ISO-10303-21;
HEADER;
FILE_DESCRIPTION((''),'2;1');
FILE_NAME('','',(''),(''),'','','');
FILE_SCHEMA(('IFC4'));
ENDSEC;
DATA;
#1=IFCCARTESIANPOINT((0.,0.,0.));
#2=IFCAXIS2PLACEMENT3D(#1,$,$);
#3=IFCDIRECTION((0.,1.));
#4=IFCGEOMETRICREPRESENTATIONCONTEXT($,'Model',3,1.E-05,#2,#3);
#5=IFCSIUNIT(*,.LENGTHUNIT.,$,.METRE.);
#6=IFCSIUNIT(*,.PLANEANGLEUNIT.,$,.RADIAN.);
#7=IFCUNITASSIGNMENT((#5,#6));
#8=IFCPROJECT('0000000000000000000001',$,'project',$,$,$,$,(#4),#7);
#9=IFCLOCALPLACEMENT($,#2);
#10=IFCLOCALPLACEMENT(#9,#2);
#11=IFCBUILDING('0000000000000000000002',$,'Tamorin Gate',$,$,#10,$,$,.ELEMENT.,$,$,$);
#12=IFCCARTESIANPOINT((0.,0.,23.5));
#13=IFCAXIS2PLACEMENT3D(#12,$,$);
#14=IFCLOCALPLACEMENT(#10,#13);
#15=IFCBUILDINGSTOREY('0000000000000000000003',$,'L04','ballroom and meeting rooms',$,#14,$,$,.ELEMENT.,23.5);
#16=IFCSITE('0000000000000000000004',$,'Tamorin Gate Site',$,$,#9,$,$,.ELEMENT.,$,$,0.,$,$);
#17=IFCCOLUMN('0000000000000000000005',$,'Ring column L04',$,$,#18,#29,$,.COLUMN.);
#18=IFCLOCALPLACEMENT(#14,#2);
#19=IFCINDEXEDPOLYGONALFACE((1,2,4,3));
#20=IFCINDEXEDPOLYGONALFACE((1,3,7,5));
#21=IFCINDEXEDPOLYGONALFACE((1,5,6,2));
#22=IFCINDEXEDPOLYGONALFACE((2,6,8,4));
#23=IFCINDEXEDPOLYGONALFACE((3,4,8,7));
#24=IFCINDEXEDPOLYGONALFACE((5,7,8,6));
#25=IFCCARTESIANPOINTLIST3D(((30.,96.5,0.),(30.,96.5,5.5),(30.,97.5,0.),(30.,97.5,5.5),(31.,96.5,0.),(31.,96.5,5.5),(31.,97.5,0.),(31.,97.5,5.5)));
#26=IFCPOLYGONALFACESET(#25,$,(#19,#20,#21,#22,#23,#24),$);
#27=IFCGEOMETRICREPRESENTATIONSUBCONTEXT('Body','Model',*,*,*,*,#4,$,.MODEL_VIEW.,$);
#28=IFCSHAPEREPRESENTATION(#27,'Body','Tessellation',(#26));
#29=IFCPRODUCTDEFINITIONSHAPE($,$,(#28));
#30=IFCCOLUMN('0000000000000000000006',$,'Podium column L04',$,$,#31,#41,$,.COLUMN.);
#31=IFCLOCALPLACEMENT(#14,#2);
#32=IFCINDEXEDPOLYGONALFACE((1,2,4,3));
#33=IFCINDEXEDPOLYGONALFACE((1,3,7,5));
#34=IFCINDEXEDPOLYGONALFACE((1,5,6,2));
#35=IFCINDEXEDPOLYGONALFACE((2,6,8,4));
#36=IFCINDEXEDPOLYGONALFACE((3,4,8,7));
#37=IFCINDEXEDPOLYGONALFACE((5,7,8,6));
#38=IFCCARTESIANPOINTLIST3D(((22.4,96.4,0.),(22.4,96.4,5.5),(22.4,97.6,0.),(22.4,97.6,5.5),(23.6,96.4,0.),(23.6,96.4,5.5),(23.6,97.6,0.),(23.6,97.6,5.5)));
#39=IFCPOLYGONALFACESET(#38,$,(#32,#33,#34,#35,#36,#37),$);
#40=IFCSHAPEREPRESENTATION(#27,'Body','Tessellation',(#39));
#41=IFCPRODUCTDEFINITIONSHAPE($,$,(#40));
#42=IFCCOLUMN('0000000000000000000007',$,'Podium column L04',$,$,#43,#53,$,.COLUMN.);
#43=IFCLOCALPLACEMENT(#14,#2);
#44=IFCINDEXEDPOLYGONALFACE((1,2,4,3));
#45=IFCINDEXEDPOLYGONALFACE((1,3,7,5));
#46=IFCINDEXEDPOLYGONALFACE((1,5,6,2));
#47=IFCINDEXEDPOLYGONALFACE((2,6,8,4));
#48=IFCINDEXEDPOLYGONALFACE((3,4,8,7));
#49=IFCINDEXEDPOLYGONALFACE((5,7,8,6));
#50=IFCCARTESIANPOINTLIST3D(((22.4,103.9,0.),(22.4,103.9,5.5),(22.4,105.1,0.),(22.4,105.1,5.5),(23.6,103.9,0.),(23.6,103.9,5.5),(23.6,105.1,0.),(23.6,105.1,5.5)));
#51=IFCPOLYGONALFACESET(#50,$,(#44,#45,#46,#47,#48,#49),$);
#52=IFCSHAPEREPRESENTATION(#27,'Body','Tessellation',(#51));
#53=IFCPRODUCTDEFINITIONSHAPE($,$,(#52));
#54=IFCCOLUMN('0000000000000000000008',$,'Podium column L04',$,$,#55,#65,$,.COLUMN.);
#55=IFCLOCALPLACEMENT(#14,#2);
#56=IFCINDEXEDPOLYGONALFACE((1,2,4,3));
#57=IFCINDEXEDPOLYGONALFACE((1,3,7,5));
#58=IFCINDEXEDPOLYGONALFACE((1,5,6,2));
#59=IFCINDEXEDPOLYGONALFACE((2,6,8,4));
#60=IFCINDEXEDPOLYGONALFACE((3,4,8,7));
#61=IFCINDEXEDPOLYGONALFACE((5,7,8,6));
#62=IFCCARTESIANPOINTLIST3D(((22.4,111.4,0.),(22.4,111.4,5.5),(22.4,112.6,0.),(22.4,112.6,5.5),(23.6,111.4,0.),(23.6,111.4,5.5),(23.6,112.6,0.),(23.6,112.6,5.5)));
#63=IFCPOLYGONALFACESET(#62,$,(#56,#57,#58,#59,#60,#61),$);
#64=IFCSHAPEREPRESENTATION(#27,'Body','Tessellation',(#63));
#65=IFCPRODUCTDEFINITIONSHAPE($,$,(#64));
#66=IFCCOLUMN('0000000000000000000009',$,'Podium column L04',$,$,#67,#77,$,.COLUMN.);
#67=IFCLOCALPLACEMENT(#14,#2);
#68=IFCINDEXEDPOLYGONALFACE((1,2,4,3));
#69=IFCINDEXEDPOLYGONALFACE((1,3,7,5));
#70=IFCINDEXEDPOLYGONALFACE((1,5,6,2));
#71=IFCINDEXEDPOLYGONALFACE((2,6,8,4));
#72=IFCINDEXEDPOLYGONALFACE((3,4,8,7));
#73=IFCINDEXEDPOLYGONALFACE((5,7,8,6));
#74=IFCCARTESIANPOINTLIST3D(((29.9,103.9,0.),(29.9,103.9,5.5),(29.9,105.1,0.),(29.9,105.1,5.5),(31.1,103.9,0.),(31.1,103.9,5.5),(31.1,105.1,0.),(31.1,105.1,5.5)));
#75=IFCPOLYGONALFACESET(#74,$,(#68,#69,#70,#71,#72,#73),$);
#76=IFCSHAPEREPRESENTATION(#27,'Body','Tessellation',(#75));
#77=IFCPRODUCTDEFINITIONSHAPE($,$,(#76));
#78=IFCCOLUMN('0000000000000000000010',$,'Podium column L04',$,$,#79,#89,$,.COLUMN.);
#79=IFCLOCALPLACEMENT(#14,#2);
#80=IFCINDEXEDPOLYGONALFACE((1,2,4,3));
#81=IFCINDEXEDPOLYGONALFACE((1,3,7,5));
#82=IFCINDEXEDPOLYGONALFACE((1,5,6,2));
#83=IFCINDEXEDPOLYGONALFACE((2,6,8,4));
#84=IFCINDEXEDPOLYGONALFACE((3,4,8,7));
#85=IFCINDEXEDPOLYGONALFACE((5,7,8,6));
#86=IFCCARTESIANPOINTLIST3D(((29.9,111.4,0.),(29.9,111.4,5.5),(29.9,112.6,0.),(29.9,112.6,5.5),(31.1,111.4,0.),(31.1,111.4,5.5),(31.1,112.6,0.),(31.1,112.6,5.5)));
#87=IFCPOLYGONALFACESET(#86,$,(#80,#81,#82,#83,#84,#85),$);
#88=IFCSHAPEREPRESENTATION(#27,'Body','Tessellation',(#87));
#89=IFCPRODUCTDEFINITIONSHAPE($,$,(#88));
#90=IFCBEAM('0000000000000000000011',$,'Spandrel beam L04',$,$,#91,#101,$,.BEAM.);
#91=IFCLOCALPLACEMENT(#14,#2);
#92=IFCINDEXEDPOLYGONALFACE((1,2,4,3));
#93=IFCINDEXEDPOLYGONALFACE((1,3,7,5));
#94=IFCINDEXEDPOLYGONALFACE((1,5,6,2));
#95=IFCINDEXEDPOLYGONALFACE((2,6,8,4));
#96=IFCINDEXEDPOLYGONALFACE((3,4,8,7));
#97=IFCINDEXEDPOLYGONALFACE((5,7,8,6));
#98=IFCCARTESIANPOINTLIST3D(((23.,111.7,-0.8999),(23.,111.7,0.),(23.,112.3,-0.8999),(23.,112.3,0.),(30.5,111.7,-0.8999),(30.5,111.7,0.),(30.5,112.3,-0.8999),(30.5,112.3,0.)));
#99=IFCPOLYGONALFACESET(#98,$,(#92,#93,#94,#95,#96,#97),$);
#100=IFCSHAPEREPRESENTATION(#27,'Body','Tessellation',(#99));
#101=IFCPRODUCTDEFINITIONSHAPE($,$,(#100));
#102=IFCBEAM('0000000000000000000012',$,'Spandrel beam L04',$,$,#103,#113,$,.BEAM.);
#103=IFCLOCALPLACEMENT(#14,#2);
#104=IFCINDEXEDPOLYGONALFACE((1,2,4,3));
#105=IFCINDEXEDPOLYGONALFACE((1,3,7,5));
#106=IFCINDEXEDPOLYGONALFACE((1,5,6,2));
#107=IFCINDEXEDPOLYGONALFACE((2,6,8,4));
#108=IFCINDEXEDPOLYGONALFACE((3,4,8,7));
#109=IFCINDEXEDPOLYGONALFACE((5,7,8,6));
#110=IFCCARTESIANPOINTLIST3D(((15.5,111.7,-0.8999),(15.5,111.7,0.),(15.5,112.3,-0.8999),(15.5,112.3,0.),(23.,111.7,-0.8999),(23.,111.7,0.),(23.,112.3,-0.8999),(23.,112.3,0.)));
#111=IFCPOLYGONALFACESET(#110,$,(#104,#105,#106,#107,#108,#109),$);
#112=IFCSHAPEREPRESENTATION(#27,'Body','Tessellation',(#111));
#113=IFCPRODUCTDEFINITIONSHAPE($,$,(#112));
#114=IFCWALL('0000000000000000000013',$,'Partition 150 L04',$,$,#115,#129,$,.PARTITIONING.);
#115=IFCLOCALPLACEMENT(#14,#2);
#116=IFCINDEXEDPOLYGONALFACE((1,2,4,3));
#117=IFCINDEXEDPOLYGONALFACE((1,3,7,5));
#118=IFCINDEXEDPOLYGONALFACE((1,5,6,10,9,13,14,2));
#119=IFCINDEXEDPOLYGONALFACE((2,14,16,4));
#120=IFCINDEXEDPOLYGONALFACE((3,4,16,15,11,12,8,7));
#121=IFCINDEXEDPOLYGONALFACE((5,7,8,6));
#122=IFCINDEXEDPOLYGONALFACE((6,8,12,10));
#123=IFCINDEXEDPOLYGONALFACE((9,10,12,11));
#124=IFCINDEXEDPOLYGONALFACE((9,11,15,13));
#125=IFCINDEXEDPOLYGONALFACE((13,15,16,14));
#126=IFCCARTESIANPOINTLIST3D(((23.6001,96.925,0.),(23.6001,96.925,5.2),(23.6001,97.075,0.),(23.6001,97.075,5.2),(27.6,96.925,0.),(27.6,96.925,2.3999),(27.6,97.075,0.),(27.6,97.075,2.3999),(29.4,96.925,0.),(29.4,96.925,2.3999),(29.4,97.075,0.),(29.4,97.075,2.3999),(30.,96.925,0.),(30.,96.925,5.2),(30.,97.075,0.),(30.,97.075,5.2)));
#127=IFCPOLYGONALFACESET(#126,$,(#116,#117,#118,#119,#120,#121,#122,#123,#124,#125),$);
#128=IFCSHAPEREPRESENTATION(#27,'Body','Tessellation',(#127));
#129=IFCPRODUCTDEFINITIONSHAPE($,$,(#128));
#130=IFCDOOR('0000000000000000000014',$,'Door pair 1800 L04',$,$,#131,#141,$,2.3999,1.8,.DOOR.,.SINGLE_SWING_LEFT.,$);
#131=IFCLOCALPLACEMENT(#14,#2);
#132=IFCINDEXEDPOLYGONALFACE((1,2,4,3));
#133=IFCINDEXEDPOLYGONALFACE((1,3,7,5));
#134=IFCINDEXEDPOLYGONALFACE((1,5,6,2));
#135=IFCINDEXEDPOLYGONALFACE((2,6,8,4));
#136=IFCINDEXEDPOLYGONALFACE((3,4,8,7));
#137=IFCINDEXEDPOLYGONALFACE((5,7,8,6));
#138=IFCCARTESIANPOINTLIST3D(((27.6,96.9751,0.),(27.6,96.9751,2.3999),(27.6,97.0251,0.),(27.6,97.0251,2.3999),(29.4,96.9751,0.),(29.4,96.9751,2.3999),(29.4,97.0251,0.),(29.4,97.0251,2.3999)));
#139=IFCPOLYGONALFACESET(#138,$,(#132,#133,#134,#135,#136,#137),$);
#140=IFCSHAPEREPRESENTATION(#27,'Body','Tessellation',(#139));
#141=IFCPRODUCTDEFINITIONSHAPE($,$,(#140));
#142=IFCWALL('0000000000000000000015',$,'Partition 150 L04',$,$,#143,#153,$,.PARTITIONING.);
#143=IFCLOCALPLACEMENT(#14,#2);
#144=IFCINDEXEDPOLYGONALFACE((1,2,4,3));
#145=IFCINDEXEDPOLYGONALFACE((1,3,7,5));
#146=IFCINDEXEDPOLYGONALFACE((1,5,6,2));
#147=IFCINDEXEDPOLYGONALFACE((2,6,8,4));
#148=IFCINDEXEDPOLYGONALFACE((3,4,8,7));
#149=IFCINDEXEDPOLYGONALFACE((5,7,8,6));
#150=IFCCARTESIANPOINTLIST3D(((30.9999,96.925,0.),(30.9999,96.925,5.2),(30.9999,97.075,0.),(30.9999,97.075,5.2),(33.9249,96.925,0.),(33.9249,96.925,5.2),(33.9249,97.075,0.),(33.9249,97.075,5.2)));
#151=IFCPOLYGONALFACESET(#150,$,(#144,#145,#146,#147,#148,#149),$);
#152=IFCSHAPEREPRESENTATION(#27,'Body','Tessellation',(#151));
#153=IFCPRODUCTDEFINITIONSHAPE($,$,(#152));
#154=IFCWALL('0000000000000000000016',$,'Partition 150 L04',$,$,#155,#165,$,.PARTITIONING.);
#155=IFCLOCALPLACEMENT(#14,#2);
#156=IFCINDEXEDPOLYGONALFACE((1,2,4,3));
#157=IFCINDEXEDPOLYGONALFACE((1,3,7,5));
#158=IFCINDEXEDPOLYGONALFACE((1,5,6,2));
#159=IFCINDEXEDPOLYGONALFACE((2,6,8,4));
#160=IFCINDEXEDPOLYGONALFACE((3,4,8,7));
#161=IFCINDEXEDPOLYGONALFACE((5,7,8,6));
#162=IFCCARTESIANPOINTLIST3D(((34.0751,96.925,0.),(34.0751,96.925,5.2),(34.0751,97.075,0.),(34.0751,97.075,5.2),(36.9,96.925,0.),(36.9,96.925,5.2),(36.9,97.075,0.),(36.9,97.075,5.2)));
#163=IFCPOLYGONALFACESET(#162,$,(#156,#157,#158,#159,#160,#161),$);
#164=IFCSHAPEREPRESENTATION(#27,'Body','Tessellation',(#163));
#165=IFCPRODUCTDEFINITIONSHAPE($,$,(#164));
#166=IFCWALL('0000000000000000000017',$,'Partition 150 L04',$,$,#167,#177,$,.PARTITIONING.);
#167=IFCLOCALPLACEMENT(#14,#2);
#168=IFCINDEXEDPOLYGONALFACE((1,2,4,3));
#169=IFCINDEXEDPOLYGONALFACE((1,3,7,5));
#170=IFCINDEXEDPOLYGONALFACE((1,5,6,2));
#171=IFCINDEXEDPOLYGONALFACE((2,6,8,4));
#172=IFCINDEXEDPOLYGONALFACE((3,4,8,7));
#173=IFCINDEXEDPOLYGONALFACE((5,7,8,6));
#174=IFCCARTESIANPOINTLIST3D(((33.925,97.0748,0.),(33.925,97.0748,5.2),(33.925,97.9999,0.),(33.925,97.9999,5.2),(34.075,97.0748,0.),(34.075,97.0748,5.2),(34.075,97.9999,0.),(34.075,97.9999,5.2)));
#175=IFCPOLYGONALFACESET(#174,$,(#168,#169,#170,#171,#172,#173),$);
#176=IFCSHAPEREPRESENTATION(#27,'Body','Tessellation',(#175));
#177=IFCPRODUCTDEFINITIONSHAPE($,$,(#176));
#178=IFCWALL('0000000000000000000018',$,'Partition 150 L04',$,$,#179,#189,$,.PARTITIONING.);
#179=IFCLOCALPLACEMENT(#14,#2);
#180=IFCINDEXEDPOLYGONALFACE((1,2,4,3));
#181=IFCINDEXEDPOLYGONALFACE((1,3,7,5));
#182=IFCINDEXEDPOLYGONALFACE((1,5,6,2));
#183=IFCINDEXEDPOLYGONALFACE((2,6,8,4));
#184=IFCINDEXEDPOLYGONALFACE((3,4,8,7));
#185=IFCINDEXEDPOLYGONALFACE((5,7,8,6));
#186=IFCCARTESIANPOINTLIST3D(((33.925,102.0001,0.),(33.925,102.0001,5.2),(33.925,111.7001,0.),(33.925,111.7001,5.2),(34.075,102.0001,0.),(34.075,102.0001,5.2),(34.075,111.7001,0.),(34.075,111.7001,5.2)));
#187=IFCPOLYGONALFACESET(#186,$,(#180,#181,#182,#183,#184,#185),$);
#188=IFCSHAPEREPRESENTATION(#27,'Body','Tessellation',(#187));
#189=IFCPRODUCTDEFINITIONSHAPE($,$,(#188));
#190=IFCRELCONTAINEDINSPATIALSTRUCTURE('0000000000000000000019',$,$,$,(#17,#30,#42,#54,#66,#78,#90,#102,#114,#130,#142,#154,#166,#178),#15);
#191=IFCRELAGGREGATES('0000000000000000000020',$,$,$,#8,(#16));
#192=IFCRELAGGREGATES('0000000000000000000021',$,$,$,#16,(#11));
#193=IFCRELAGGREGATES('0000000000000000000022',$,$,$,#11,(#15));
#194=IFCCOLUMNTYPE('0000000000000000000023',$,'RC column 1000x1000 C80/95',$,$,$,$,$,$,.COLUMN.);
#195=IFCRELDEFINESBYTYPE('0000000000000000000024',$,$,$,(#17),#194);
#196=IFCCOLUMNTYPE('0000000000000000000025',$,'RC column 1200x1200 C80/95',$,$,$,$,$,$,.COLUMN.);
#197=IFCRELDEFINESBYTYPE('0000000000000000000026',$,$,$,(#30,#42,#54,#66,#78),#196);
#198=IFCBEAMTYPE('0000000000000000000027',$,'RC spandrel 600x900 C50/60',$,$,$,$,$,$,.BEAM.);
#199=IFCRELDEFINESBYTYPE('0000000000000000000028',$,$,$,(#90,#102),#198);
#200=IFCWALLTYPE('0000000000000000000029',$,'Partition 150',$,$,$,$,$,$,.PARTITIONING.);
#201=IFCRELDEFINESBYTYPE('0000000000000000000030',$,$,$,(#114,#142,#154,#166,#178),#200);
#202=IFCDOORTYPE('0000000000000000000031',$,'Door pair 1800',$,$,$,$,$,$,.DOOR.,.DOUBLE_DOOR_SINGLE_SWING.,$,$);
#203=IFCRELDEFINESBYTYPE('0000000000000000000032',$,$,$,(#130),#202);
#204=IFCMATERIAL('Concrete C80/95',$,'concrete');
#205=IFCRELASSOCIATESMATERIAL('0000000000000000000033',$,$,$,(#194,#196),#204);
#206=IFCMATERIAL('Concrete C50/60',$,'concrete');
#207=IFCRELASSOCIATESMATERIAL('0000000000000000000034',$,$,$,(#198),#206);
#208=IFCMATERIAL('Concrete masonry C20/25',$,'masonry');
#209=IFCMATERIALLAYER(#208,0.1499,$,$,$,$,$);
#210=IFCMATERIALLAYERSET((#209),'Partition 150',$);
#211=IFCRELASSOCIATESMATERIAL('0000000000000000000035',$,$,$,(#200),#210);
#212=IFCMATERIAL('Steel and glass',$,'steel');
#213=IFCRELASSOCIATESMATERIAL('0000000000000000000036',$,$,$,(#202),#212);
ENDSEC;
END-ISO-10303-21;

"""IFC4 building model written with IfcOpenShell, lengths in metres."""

from ifc_helpers import new_model, si_unit, direction, frame, frame_2d, origin, origin_2d, place, context, subcontext, project, spatial, rectangle, extrude, material, layer, layer_set, material_profile, profile_set, type_object, element, fill, save


model = new_model("IFC4")

# Units and contexts
model_context = context("Model", 3, precision=1e-05, world=origin(), true_north=direction((0.0, 1.0)))
body_context = subcontext(model_context, "Body", "Model", "MODEL_VIEW")
ifc_project = project(units=[si_unit("LENGTHUNIT", "METRE"), si_unit("PLANEANGLEUNIT", "RADIAN")], contexts=[model_context])

# Site, building, storey
site_placement = place(None, origin())
site = spatial("IfcSite", under=ifc_project, at=site_placement, Name="Tamorin Gate Site", CompositionType="ELEMENT", RefElevation=0.0)
building_placement = place(site_placement, origin())
building = spatial("IfcBuilding", under=site, at=building_placement, Name="Tamorin Gate", CompositionType="ELEMENT")
storey_placement = place(building_placement, frame((0.0, 0.0, 23.5)))
storey = spatial("IfcBuildingStorey", under=building, at=storey_placement, Name="L04", Description="ballroom and meeting rooms", CompositionType="ELEMENT", Elevation=23.5)

# Columns
ifc_material_1 = material(Name="Concrete C80/95", Category="concrete")
ifc_material_profile_1 = material_profile(ifc_material_1, rectangle(XDim=1.0, YDim=1.0, at=origin_2d()), Name="RC 1000x1000")
ifc_profile_set_1 = profile_set([ifc_material_profile_1], Name="Concrete C80/95")
column_type_1 = type_object("IfcColumnType", Name="RC column 1000x1000 C80/95", PredefinedType="COLUMN", material=ifc_profile_set_1)
column_placement = place(storey_placement, frame((30.5, 97.0, 0.0), z_axis=(0.0, 0.0, 1.0), x_axis=(1.0, 0.0, 0.0)))
element("IfcColumn", 1, at=column_placement, inside=storey, type_object=column_type_1, Name="Ring column L04", PredefinedType="COLUMN", context=body_context, shape_type="SweptSolid", body=[
    extrude(rectangle(XDim=1.0, YDim=1.0, at=origin_2d()), origin(), (0.0, 0.0, 1.0), 5.5),
])
ifc_material_profile_2 = material_profile(ifc_material_1, rectangle(XDim=1.2, YDim=1.2, at=origin_2d()), Name="RC 1200x1200")
ifc_profile_set_2 = profile_set([ifc_material_profile_2], Name="Concrete C80/95")
column_type_2 = type_object("IfcColumnType", Name="RC column 1200x1200 C80/95", PredefinedType="COLUMN", material=ifc_profile_set_2)
for number, where, z_axis, x_axis, name in (
    (2, (23.0, 97.0, 0.0), (0.0, 0.0, 1.0), (1.0, 0.0, 0.0), "Podium column L04"),
    (3, (23.0, 104.5, 0.0), (0.0, 0.0, 1.0), (1.0, 0.0, 0.0), "Podium column L04"),
    (4, (23.0, 112.0, 0.0), (0.0, 0.0, 1.0), (1.0, 0.0, 0.0), "Podium column L04"),
    (5, (30.5, 104.5, 0.0), (0.0, 0.0, 1.0), (1.0, 0.0, 0.0), "Podium column L04"),
    (6, (30.5, 112.0, 0.0), (0.0, 0.0, 1.0), (1.0, 0.0, 0.0), "Podium column L04"),
):
    element("IfcColumn", number, at=place(storey_placement, frame(where, z_axis=z_axis, x_axis=x_axis)), inside=storey, type_object=column_type_2, Name=name, PredefinedType="COLUMN", context=body_context, shape_type="SweptSolid", body=[
        extrude(rectangle(XDim=1.2, YDim=1.2, at=origin_2d()), origin(), (0.0, 0.0, 1.0), 5.5),
    ])

# Beams
ifc_material_2 = material(Name="Concrete C50/60", Category="concrete")
ifc_material_profile_3 = material_profile(ifc_material_2, rectangle(XDim=0.6001, YDim=0.8999, at=origin_2d()), Name="RC 600x900")
ifc_profile_set_3 = profile_set([ifc_material_profile_3], Name="Concrete C50/60")
beam_type = type_object("IfcBeamType", Name="RC spandrel 600x900 C50/60", PredefinedType="BEAM", material=ifc_profile_set_3)
for number, where, z_axis, x_axis, name in (
    (7, (30.5, 112.0, -0.45), (-1.0, 0.0, 0.0), (0.0, -1.0, 0.0), "Spandrel beam L04"),
    (8, (23.0, 112.0, -0.45), (-1.0, 0.0, 0.0), (0.0, -1.0, 0.0), "Spandrel beam L04"),
):
    element("IfcBeam", number, at=place(storey_placement, frame(where, z_axis=z_axis, x_axis=x_axis)), inside=storey, type_object=beam_type, Name=name, PredefinedType="BEAM", context=body_context, shape_type="SweptSolid", body=[
        extrude(rectangle(XDim=0.6001, YDim=0.8999, at=origin_2d()), origin(), (0.0, 0.0, 1.0), 7.5),
    ])

# Wall, opening, door
ifc_material_3 = material(Name="Concrete masonry C20/25", Category="masonry")
ifc_layer_1 = layer(ifc_material_3, 0.1499)
ifc_layer_set_1 = layer_set([ifc_layer_1], Name="Partition 150")
wall_type_1 = type_object("IfcWallType", Name="Partition 150", PredefinedType="PARTITIONING", material=ifc_layer_set_1)
wall_1_placement = place(storey_placement, frame((30.0, 97.0, 0.0), z_axis=(0.0, 0.0, 1.0), x_axis=(-1.0, 0.0, 0.0)))
wall_1 = element("IfcWall", 9, at=wall_1_placement, inside=storey, type_object=wall_type_1, Name="Partition 150 L04", PredefinedType="PARTITIONING", context=body_context, shape_type="SweptSolid", body=[
    extrude(rectangle(XDim=6.3999, YDim=0.1499, at=frame_2d((3.2, 0.0))), origin(), (0.0, 0.0, 1.0), 5.2),
])
opening_1_placement = place(wall_1_placement, frame((0.6001, 0.0, 0.0)))
opening_1 = element("IfcOpeningElement", 10, at=opening_1_placement, cuts=wall_1, PredefinedType="OPENING", context=body_context, shape_type="SweptSolid", body=[
    extrude(rectangle(XDim=1.8, YDim=2.3999, at=frame_2d((0.8999, 1.2))), frame((0.0, 0.085, 0.0), z_axis=(0.0, -1.0, 0.0), x_axis=(1.0, 0.0, 0.0)), (0.0, 0.0, 1.0), 0.1699),
])
ifc_material_4 = material(Name="Steel and glass", Category="steel")
door_type = type_object("IfcDoorType", Name="Door pair 1800", OperationType="DOUBLE_DOOR_SINGLE_SWING", PredefinedType="DOOR", material=ifc_material_4)
door_placement = place(opening_1_placement, origin())
door = element("IfcDoor", 11, at=door_placement, inside=storey, type_object=door_type, Name="Door pair 1800 L04", OperationType="SINGLE_SWING_LEFT", OverallHeight=2.3999, OverallWidth=1.8, PredefinedType="DOOR", context=body_context, shape_type="SweptSolid", body=[
    extrude(rectangle(XDim=1.8, YDim=2.3999, at=frame_2d((0.8999, 1.2))), frame((0.0, 0.0249, 0.0), z_axis=(0.0, -1.0, 0.0), x_axis=(1.0, 0.0, 0.0)), (0.0, 0.0, 1.0), 0.05),
])
fill(opening_1, door)

# Walls
wall_2_placement = place(storey_placement, frame((31.0, 97.0, 0.0), z_axis=(0.0, 0.0, 1.0), x_axis=(1.0, 0.0, 0.0)))
element("IfcWall", 12, at=wall_2_placement, inside=storey, type_object=wall_type_1, Name="Partition 150 L04", PredefinedType="PARTITIONING", context=body_context, shape_type="SweptSolid", body=[
    extrude(rectangle(XDim=2.925, YDim=0.1499, at=frame_2d((1.4624, 0.0))), origin(), (0.0, 0.0, 1.0), 5.2),
])
wall_3_placement = place(storey_placement, frame((34.075, 97.0, 0.0), z_axis=(0.0, 0.0, 1.0), x_axis=(1.0, 0.0, 0.0)))
element("IfcWall", 13, at=wall_3_placement, inside=storey, type_object=wall_type_1, Name="Partition 150 L04", PredefinedType="PARTITIONING", context=body_context, shape_type="SweptSolid", body=[
    extrude(rectangle(XDim=2.825, YDim=0.1499, at=frame_2d((1.4126, 0.0))), origin(), (0.0, 0.0, 1.0), 5.2),
])
wall_4_placement = place(storey_placement, frame((34.0, 97.075, 0.0), z_axis=(0.0, 0.0, 1.0), x_axis=(0.0, 1.0, 0.0)))
element("IfcWall", 14, at=wall_4_placement, inside=storey, type_object=wall_type_1, Name="Partition 150 L04", PredefinedType="PARTITIONING", context=body_context, shape_type="SweptSolid", body=[
    extrude(rectangle(XDim=0.925, YDim=0.1499, at=frame_2d((0.4624, 0.0))), origin(), (0.0, 0.0, 1.0), 5.2),
])
wall_5_placement = place(storey_placement, frame((34.0, 102.0, 0.0), z_axis=(0.0, 0.0, 1.0), x_axis=(0.0, 1.0, 0.0)))
element("IfcWall", 15, at=wall_5_placement, inside=storey, type_object=wall_type_1, Name="Partition 150 L04", PredefinedType="PARTITIONING", context=body_context, shape_type="SweptSolid", body=[
    extrude(rectangle(XDim=9.7, YDim=0.1499, at=frame_2d((4.8501, 0.0))), origin(), (0.0, 0.0, 1.0), 5.2),
])

save(model, "model.ifc")
